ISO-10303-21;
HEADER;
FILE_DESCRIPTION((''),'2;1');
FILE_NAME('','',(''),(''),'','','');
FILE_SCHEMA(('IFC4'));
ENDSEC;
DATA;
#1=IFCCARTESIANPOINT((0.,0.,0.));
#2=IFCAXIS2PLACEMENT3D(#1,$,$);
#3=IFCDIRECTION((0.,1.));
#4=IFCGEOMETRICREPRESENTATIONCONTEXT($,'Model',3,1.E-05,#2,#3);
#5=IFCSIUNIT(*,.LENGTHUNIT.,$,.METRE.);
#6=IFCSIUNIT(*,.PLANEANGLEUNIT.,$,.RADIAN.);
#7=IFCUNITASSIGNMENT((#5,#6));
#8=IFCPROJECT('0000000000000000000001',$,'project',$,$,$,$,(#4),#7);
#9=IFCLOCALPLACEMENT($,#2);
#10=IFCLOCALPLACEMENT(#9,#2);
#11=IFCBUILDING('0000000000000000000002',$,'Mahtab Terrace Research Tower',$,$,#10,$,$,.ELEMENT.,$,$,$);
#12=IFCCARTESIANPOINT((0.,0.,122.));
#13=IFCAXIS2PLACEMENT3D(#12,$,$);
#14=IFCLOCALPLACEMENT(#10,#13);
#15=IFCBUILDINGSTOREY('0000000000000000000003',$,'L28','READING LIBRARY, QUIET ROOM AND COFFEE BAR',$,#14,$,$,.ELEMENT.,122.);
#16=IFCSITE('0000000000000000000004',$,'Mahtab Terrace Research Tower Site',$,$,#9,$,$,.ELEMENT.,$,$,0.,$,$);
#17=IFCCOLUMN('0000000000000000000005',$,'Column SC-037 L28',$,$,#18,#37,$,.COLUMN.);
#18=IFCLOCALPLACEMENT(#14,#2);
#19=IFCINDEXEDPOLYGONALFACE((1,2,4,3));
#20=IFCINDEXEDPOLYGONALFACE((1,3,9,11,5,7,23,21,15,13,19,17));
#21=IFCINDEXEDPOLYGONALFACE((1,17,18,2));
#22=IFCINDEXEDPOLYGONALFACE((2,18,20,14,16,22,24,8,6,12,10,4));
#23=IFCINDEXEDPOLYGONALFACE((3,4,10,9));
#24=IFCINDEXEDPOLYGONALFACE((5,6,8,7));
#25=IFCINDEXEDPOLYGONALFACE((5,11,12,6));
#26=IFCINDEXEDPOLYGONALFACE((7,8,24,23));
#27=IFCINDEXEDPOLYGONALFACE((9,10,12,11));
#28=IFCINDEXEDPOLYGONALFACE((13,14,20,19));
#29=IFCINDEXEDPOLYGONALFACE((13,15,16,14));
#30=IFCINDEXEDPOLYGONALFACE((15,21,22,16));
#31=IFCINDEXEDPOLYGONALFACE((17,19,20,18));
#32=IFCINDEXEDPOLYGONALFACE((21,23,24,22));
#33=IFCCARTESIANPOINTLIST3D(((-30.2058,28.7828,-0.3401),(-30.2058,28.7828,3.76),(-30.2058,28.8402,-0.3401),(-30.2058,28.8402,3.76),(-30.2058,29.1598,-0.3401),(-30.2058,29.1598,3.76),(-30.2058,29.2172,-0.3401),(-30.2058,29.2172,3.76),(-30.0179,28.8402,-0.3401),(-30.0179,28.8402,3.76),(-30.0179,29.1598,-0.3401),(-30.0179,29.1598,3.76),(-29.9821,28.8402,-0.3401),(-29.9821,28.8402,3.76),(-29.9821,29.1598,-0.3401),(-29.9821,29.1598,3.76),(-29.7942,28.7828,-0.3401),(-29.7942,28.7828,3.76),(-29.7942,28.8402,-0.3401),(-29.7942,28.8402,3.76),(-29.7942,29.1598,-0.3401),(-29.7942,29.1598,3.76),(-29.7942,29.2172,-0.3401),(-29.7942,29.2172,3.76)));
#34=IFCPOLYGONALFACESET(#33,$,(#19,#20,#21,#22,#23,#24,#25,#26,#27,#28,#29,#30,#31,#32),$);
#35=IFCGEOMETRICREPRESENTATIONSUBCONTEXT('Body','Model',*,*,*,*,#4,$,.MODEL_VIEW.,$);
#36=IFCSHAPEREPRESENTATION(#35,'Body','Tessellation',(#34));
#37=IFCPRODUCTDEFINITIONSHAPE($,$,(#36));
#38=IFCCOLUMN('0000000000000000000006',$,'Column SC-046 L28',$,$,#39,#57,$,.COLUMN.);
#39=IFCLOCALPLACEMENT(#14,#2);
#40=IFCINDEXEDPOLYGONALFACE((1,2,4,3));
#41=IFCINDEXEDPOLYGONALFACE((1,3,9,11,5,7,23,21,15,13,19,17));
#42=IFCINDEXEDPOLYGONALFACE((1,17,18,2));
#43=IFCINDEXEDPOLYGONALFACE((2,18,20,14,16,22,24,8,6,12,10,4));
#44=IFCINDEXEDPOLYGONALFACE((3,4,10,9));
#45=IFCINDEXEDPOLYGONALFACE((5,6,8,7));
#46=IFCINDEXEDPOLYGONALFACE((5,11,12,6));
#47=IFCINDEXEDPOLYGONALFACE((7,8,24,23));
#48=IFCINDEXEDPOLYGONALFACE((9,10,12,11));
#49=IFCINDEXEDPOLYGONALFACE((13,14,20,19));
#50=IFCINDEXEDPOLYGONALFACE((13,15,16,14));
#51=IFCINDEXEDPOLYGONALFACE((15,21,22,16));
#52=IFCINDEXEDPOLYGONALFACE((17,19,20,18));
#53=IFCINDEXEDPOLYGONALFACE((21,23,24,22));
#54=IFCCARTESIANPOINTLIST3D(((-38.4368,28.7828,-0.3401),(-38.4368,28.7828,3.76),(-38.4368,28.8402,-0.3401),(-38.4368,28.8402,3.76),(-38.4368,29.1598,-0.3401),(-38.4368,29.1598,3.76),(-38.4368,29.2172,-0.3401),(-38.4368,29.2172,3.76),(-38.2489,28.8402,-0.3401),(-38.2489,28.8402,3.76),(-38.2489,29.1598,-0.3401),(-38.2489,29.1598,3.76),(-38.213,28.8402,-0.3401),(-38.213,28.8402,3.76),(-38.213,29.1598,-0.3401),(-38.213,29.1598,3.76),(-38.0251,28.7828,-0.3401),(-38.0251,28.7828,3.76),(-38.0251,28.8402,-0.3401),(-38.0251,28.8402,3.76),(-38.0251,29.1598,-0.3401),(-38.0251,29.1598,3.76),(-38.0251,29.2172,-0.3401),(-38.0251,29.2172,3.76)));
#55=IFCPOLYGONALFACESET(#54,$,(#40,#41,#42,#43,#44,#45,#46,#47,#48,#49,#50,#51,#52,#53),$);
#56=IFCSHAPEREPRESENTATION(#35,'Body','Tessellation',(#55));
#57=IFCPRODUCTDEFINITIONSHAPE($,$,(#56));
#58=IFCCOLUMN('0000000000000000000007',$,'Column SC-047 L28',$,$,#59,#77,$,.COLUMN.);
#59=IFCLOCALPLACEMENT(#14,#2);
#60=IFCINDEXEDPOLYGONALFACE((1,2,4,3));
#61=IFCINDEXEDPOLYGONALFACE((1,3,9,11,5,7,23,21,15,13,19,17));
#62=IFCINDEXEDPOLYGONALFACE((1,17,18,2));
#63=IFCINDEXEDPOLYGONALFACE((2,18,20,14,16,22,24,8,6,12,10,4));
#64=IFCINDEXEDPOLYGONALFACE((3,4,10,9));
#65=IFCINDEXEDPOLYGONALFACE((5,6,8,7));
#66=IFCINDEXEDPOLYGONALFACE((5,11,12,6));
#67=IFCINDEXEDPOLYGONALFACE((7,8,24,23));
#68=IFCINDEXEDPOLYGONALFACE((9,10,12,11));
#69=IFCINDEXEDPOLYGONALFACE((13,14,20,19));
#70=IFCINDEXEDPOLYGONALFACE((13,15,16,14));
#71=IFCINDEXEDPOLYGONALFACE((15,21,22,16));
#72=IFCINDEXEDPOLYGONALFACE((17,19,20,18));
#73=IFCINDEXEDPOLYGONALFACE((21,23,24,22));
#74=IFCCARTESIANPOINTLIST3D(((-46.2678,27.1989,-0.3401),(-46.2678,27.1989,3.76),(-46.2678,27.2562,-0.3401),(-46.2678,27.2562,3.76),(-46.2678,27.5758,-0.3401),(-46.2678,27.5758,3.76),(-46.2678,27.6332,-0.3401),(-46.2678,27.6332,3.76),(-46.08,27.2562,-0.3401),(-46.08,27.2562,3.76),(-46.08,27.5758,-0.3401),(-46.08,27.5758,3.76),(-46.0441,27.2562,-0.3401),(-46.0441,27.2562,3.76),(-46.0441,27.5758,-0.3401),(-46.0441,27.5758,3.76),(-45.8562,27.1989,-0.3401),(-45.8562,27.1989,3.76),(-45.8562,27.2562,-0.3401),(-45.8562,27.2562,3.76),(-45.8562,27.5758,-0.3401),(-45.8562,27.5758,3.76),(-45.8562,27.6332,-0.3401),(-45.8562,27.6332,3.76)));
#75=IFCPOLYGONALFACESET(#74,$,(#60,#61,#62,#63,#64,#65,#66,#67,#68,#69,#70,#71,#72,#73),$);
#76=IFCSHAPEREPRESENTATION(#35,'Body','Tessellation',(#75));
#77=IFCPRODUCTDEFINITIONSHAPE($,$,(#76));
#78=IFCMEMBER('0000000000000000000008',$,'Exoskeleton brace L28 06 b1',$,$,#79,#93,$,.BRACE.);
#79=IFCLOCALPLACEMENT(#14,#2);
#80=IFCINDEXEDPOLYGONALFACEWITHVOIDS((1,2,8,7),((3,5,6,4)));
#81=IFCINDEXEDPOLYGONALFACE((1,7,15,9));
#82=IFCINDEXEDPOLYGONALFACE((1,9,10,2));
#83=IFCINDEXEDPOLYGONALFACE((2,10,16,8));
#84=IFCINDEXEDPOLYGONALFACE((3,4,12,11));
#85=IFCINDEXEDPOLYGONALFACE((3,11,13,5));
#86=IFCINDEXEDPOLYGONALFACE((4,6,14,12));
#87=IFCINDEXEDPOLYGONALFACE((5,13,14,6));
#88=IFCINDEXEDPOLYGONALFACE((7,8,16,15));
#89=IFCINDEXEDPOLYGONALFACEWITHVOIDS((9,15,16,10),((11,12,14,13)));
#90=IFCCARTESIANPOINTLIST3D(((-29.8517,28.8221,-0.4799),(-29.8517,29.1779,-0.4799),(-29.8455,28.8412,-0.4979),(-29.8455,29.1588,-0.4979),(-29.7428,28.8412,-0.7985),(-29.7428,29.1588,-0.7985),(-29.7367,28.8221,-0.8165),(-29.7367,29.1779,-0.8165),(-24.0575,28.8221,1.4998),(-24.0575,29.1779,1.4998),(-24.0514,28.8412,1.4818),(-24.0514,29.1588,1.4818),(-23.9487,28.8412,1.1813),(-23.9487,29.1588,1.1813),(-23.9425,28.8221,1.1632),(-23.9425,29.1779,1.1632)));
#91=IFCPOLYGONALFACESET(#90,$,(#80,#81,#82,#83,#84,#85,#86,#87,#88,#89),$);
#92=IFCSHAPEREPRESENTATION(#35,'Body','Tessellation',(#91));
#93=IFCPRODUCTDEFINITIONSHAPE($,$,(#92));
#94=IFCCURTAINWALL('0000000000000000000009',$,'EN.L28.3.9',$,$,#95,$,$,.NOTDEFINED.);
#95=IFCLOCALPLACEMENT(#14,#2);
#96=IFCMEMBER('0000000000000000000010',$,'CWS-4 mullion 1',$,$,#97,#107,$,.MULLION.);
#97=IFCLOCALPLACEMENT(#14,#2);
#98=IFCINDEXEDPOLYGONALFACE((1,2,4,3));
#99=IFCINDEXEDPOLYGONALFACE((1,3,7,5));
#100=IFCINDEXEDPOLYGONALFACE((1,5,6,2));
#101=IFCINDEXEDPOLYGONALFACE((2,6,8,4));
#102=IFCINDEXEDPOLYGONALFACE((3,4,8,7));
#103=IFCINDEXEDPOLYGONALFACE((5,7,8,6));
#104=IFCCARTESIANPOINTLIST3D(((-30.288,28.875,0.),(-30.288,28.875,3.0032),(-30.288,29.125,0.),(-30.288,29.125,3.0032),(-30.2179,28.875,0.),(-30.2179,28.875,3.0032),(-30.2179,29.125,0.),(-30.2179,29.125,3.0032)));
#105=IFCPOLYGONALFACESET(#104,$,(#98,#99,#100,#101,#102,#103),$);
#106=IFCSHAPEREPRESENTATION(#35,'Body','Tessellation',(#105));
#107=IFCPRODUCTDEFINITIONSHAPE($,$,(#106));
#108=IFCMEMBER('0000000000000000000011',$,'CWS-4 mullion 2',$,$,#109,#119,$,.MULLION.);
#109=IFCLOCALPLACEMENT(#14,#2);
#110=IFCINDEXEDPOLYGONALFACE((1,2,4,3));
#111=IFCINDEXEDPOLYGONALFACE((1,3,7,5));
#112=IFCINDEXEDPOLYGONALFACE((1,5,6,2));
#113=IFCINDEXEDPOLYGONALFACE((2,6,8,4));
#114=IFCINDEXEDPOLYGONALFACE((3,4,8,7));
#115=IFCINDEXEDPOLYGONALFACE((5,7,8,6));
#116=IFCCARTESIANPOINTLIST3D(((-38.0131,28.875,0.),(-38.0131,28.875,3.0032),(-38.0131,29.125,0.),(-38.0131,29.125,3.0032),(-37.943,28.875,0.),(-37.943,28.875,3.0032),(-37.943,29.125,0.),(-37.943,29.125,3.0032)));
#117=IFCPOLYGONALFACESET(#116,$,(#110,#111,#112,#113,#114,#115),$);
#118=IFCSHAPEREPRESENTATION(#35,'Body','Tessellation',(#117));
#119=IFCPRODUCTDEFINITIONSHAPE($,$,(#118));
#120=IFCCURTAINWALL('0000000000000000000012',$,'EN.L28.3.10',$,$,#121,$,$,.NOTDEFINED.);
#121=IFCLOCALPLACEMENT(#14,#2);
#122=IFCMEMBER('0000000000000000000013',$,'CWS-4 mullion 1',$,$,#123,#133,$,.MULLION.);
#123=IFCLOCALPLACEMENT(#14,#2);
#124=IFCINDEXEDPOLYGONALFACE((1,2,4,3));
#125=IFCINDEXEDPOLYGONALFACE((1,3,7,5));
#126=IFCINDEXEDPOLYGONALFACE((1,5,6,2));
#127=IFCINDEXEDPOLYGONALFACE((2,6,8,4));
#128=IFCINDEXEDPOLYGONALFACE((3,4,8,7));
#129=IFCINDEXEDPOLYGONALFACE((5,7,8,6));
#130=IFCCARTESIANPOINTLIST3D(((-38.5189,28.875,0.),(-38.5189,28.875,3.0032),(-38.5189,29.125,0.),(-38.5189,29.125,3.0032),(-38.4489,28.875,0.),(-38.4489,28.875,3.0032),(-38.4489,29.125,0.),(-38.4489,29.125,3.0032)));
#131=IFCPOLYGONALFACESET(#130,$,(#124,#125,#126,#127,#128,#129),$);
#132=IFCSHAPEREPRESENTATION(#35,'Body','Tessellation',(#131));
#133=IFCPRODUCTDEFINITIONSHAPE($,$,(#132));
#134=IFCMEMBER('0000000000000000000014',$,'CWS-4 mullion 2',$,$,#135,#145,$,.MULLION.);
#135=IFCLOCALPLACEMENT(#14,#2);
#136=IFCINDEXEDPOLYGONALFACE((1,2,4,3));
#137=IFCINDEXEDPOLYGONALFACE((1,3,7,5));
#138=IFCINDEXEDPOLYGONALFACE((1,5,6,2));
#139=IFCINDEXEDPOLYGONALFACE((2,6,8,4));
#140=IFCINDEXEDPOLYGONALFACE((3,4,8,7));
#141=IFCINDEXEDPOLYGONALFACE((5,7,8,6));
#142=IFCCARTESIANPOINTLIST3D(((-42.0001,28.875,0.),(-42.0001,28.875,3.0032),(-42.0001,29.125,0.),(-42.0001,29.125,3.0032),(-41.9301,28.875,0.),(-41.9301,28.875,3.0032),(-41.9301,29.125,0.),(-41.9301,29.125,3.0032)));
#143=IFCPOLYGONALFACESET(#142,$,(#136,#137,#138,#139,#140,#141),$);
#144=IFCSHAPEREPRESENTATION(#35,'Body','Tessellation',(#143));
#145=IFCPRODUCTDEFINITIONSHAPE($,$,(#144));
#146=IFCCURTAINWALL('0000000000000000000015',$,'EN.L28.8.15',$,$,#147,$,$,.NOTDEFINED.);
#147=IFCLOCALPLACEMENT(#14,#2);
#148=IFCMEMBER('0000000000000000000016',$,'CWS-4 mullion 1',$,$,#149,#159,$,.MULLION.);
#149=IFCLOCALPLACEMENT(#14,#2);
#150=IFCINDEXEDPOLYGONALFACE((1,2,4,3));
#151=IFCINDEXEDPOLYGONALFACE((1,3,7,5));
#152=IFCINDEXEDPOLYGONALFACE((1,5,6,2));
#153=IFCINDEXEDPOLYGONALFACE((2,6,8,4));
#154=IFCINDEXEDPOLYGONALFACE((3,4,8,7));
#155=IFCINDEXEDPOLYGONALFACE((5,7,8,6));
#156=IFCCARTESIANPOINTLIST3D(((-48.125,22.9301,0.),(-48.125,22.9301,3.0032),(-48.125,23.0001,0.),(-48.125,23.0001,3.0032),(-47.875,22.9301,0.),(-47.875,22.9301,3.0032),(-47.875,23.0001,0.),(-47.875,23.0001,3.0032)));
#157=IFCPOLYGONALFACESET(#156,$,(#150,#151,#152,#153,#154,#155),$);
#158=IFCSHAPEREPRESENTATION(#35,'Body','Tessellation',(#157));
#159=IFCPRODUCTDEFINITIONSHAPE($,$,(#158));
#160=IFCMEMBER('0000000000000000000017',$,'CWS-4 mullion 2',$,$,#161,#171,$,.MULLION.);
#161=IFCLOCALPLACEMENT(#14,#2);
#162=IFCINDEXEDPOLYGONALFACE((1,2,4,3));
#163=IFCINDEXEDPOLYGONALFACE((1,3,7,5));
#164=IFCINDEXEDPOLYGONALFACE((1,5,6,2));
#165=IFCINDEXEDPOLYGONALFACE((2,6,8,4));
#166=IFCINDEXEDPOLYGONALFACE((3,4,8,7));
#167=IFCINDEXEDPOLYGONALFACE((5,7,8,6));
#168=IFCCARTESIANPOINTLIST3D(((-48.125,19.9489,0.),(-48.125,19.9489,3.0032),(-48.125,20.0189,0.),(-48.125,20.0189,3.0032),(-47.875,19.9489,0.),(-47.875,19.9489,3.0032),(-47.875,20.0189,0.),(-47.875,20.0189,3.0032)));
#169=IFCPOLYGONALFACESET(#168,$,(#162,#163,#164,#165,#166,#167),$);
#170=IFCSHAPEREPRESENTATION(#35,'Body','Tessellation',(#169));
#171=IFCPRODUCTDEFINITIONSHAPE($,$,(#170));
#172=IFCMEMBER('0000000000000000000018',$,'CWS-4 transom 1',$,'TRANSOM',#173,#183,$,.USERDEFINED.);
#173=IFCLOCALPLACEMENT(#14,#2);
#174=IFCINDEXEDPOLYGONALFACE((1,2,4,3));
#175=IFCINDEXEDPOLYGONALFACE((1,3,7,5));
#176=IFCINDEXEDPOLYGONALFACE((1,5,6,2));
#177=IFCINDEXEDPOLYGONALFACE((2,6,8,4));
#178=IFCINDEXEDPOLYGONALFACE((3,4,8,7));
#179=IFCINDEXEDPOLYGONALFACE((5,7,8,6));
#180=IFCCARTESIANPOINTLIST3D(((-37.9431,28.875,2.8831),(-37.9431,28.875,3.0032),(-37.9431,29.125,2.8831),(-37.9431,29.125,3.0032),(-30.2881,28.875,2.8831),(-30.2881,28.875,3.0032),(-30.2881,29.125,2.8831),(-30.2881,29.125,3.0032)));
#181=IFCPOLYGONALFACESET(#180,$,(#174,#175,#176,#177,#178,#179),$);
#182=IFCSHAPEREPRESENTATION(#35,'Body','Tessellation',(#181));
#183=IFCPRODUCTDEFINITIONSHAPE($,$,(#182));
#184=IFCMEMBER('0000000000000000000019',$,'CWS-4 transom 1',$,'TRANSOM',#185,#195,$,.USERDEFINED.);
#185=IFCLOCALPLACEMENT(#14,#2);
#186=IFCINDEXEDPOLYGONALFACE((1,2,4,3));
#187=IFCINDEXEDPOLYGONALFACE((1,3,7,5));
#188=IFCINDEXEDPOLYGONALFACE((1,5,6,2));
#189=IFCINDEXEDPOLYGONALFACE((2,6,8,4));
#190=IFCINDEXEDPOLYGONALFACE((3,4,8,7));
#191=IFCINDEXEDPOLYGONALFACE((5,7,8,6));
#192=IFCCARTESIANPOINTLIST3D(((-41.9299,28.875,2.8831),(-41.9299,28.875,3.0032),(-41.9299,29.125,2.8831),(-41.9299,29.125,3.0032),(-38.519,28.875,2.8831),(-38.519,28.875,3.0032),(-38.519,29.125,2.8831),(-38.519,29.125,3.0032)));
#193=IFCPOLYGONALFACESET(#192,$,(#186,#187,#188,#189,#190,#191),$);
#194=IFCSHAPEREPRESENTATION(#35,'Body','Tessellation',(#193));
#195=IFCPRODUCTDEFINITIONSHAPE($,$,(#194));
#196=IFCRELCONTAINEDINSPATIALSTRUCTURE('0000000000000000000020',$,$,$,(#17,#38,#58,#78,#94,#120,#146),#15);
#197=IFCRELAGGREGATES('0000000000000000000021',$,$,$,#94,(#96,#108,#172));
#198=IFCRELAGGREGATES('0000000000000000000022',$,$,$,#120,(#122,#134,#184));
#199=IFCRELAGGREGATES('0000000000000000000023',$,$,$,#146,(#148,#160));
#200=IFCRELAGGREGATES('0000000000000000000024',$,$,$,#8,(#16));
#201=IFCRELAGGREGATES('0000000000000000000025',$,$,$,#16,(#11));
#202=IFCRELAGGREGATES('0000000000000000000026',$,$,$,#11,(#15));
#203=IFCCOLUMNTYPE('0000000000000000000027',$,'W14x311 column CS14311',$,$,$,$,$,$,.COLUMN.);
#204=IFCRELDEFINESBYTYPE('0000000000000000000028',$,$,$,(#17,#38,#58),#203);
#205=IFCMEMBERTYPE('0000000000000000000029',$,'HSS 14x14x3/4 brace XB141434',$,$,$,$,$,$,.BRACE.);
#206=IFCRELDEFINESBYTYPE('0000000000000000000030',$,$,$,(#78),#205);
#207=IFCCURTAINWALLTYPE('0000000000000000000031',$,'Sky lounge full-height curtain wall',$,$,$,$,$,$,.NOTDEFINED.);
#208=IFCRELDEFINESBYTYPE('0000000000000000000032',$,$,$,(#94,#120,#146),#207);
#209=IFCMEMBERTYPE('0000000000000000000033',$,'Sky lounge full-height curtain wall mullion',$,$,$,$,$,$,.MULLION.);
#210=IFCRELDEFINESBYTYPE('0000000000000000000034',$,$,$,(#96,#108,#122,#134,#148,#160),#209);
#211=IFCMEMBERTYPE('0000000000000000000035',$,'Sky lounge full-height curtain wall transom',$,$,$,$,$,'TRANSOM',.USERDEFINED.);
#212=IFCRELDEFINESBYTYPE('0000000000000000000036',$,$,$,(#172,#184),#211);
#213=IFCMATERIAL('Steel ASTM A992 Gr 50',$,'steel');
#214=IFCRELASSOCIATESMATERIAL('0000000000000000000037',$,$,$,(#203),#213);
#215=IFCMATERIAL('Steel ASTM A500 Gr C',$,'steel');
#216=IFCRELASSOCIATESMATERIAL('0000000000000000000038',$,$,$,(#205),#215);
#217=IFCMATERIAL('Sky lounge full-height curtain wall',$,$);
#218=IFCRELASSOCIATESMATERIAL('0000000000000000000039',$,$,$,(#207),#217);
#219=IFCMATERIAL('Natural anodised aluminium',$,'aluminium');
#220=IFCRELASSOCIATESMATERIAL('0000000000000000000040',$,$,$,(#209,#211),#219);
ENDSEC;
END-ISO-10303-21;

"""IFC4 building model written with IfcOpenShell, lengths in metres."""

from ifc_helpers import new_model, si_unit, direction, frame, origin, origin_2d, place, context, subcontext, project, spatial, rectangle, hollow_rectangle, i_section, extrude, material, material_profile, profile_set, type_object, element, aggregate, save


model = new_model("IFC4")

# Units and contexts
model_context = context("Model", 3, precision=1e-05, world=origin(), true_north=direction((0.0, 1.0)))
body_context = subcontext(model_context, "Body", "Model", "MODEL_VIEW")
ifc_project = project(units=[si_unit("LENGTHUNIT", "METRE"), si_unit("PLANEANGLEUNIT", "RADIAN")], contexts=[model_context])

# Site, building, storey
site_placement = place(None, origin())
site = spatial("IfcSite", under=ifc_project, at=site_placement, Name="Mahtab Terrace Research Tower Site", CompositionType="ELEMENT", RefElevation=0.0)
building_placement = place(site_placement, origin())
building = spatial("IfcBuilding", under=site, at=building_placement, Name="Mahtab Terrace Research Tower", CompositionType="ELEMENT")
storey_placement = place(building_placement, frame((0.0, 0.0, 122.0)))
storey = spatial("IfcBuildingStorey", under=building, at=storey_placement, Name="L28", Description="READING LIBRARY, QUIET ROOM AND COFFEE BAR", CompositionType="ELEMENT", Elevation=122.0)

# Columns
ifc_material_1 = material(Name="Steel ASTM A992 Gr 50", Category="steel")
ifc_material_profile_1 = material_profile(ifc_material_1, i_section(OverallWidth=0.4116, OverallDepth=0.4343, WebThickness=0.0359, FlangeThickness=0.0574, at=origin_2d()), Name="W14X311")
ifc_profile_set_1 = profile_set([ifc_material_profile_1], Name="Steel ASTM A992 Gr 50")
column_type = type_object("IfcColumnType", Name="W14x311 column CS14311", PredefinedType="COLUMN", material=ifc_profile_set_1)
for number, where, z_axis, x_axis, name in (
    (1, (-30.0, 29.0, -0.3401), (0.0, 0.0, 1.0), (1.0, 0.0, 0.0), "Column SC-037 L28"),
    (2, (-38.231, 29.0, -0.3401), (0.0, 0.0, 1.0), (1.0, 0.0, 0.0), "Column SC-046 L28"),
    (3, (-46.062, 27.416, -0.3401), (0.0, 0.0, 1.0), (1.0, 0.0, 0.0), "Column SC-047 L28"),
):
    element("IfcColumn", number, at=place(storey_placement, frame(where, z_axis=z_axis, x_axis=x_axis)), inside=storey, type_object=column_type, Name=name, PredefinedType="COLUMN", context=body_context, shape_type="SweptSolid", body=[
        extrude(i_section(OverallWidth=0.4116, OverallDepth=0.4343, WebThickness=0.0359, FlangeThickness=0.0574, at=origin_2d()), origin(), (0.0, 0.0, 1.0), 4.1001),
    ])

# Member
ifc_material_2 = material(Name="Steel ASTM A500 Gr C", Category="steel")
ifc_material_profile_2 = material_profile(ifc_material_2, hollow_rectangle(XDim=0.3557, YDim=0.3557, WallThickness=0.019, at=origin_2d()), Name="HSS14X14X3/4")
ifc_profile_set_2 = profile_set([ifc_material_profile_2], Name="Steel ASTM A500 Gr C")
member_type_1 = type_object("IfcMemberType", Name="HSS 14x14x3/4 brace XB141434", PredefinedType="BRACE", material=ifc_profile_set_2)
member_1_placement = place(storey_placement, frame((-29.7942, 29.0, -0.6482), z_axis=(0.946288, 0.0, 0.323324), x_axis=(0.0, 1.0, 0.0)))
element("IfcMember", 4, at=member_1_placement, inside=storey, type_object=member_type_1, Name="Exoskeleton brace L28 06 b1", PredefinedType="BRACE", context=body_context, shape_type="SweptSolid", body=[
    extrude(hollow_rectangle(XDim=0.3557, YDim=0.3557, WallThickness=0.019, at=origin_2d()), origin(), (0.0, 0.0, 1.0), 6.123),
])

# Curtain walls, members
ifc_material_3 = material(Name="Sky lounge full-height curtain wall")
curtain_wall_type = type_object("IfcCurtainWallType", Name="Sky lounge full-height curtain wall", PredefinedType="NOTDEFINED", material=ifc_material_3)
curtain_wall_1_placement = place(storey_placement, origin())
curtain_wall_1 = element("IfcCurtainWall", 5, at=curtain_wall_1_placement, inside=storey, type_object=curtain_wall_type, Name="EN.L28.3.9", PredefinedType="NOTDEFINED")
ifc_material_4 = material(Name="Natural anodised aluminium", Category="aluminium")
ifc_material_profile_3 = material_profile(ifc_material_4, rectangle(XDim=0.25, YDim=0.0701, at=origin_2d()), Name="MULLION 70x250")
ifc_profile_set_3 = profile_set([ifc_material_profile_3], Name="Natural anodised aluminium")
member_type_2 = type_object("IfcMemberType", Name="Sky lounge full-height curtain wall mullion", PredefinedType="MULLION", material=ifc_profile_set_3)
member_2_placement = place(storey_placement, frame((-30.2529, 29.0, 0.0), z_axis=(0.0, 0.0, 1.0), x_axis=(0.0, -1.0, 0.0)))
member_2 = element("IfcMember", 6, at=member_2_placement, type_object=member_type_2, Name="CWS-4 mullion 1", PredefinedType="MULLION", context=body_context, shape_type="SweptSolid", body=[
    extrude(rectangle(XDim=0.25, YDim=0.0701, at=origin_2d()), origin(), (0.0, 0.0, 1.0), 3.0032),
])
member_3_placement = place(storey_placement, frame((-37.978, 29.0, 0.0), z_axis=(0.0, 0.0, 1.0), x_axis=(0.0, -1.0, 0.0)))
member_3 = element("IfcMember", 7, at=member_3_placement, type_object=member_type_2, Name="CWS-4 mullion 2", PredefinedType="MULLION", context=body_context, shape_type="SweptSolid", body=[
    extrude(rectangle(XDim=0.25, YDim=0.0701, at=origin_2d()), origin(), (0.0, 0.0, 1.0), 3.0032),
])
curtain_wall_2_placement = place(storey_placement, origin())
curtain_wall_2 = element("IfcCurtainWall", 8, at=curtain_wall_2_placement, inside=storey, type_object=curtain_wall_type, Name="EN.L28.3.10", PredefinedType="NOTDEFINED")
member_4_placement = place(storey_placement, frame((-38.4839, 29.0, 0.0), z_axis=(0.0, 0.0, 1.0), x_axis=(0.0, -1.0, 0.0)))
member_4 = element("IfcMember", 9, at=member_4_placement, type_object=member_type_2, Name="CWS-4 mullion 1", PredefinedType="MULLION", context=body_context, shape_type="SweptSolid", body=[
    extrude(rectangle(XDim=0.25, YDim=0.0701, at=origin_2d()), origin(), (0.0, 0.0, 1.0), 3.0032),
])
member_5_placement = place(storey_placement, frame((-41.9651, 29.0, 0.0), z_axis=(0.0, 0.0, 1.0), x_axis=(0.0, -1.0, 0.0)))
member_5 = element("IfcMember", 10, at=member_5_placement, type_object=member_type_2, Name="CWS-4 mullion 2", PredefinedType="MULLION", context=body_context, shape_type="SweptSolid", body=[
    extrude(rectangle(XDim=0.25, YDim=0.0701, at=origin_2d()), origin(), (0.0, 0.0, 1.0), 3.0032),
])
curtain_wall_3_placement = place(storey_placement, origin())
curtain_wall_3 = element("IfcCurtainWall", 11, at=curtain_wall_3_placement, inside=storey, type_object=curtain_wall_type, Name="EN.L28.8.15", PredefinedType="NOTDEFINED")
member_6_placement = place(storey_placement, frame((-48.0, 22.9651, 0.0), z_axis=(0.0, 0.0, 1.0), x_axis=(1.0, 0.0, 0.0)))
member_6 = element("IfcMember", 12, at=member_6_placement, type_object=member_type_2, Name="CWS-4 mullion 1", PredefinedType="MULLION", context=body_context, shape_type="SweptSolid", body=[
    extrude(rectangle(XDim=0.25, YDim=0.0701, at=origin_2d()), origin(), (0.0, 0.0, 1.0), 3.0032),
])
member_7_placement = place(storey_placement, frame((-48.0, 19.9839, 0.0), z_axis=(0.0, 0.0, 1.0), x_axis=(1.0, 0.0, 0.0)))
member_7 = element("IfcMember", 13, at=member_7_placement, type_object=member_type_2, Name="CWS-4 mullion 2", PredefinedType="MULLION", context=body_context, shape_type="SweptSolid", body=[
    extrude(rectangle(XDim=0.25, YDim=0.0701, at=origin_2d()), origin(), (0.0, 0.0, 1.0), 3.0032),
])

# Members
ifc_material_profile_4 = material_profile(ifc_material_4, rectangle(XDim=0.25, YDim=0.1201, at=origin_2d()), Name="TRANSOM 120x250")
ifc_profile_set_4 = profile_set([ifc_material_profile_4], Name="Natural anodised aluminium")
member_type_3 = type_object("IfcMemberType", Name="Sky lounge full-height curtain wall transom", ElementType="TRANSOM", PredefinedType="USERDEFINED", material=ifc_profile_set_4)
member_8_placement = place(storey_placement, frame((-30.2881, 29.0, 2.9431), z_axis=(-1.0, 0.0, 0.0), x_axis=(0.0, -1.0, 0.0)))
member_8 = element("IfcMember", 14, at=member_8_placement, type_object=member_type_3, Name="CWS-4 transom 1", ObjectType="TRANSOM", PredefinedType="USERDEFINED", context=body_context, shape_type="SweptSolid", body=[
    extrude(rectangle(XDim=0.25, YDim=0.1201, at=origin_2d()), origin(), (0.0, 0.0, 1.0), 7.655),
])
member_9_placement = place(storey_placement, frame((-38.519, 29.0, 2.9431), z_axis=(-1.0, 0.0, 0.0), x_axis=(0.0, -1.0, 0.0)))
member_9 = element("IfcMember", 15, at=member_9_placement, type_object=member_type_3, Name="CWS-4 transom 1", ObjectType="TRANSOM", PredefinedType="USERDEFINED", context=body_context, shape_type="SweptSolid", body=[
    extrude(rectangle(XDim=0.25, YDim=0.1201, at=origin_2d()), origin(), (0.0, 0.0, 1.0), 3.4109),
])

aggregate(curtain_wall_1, [member_2, member_3, member_8])
aggregate(curtain_wall_2, [member_4, member_5, member_9])
aggregate(curtain_wall_3, [member_6, member_7])

save(model, "model.ifc")
